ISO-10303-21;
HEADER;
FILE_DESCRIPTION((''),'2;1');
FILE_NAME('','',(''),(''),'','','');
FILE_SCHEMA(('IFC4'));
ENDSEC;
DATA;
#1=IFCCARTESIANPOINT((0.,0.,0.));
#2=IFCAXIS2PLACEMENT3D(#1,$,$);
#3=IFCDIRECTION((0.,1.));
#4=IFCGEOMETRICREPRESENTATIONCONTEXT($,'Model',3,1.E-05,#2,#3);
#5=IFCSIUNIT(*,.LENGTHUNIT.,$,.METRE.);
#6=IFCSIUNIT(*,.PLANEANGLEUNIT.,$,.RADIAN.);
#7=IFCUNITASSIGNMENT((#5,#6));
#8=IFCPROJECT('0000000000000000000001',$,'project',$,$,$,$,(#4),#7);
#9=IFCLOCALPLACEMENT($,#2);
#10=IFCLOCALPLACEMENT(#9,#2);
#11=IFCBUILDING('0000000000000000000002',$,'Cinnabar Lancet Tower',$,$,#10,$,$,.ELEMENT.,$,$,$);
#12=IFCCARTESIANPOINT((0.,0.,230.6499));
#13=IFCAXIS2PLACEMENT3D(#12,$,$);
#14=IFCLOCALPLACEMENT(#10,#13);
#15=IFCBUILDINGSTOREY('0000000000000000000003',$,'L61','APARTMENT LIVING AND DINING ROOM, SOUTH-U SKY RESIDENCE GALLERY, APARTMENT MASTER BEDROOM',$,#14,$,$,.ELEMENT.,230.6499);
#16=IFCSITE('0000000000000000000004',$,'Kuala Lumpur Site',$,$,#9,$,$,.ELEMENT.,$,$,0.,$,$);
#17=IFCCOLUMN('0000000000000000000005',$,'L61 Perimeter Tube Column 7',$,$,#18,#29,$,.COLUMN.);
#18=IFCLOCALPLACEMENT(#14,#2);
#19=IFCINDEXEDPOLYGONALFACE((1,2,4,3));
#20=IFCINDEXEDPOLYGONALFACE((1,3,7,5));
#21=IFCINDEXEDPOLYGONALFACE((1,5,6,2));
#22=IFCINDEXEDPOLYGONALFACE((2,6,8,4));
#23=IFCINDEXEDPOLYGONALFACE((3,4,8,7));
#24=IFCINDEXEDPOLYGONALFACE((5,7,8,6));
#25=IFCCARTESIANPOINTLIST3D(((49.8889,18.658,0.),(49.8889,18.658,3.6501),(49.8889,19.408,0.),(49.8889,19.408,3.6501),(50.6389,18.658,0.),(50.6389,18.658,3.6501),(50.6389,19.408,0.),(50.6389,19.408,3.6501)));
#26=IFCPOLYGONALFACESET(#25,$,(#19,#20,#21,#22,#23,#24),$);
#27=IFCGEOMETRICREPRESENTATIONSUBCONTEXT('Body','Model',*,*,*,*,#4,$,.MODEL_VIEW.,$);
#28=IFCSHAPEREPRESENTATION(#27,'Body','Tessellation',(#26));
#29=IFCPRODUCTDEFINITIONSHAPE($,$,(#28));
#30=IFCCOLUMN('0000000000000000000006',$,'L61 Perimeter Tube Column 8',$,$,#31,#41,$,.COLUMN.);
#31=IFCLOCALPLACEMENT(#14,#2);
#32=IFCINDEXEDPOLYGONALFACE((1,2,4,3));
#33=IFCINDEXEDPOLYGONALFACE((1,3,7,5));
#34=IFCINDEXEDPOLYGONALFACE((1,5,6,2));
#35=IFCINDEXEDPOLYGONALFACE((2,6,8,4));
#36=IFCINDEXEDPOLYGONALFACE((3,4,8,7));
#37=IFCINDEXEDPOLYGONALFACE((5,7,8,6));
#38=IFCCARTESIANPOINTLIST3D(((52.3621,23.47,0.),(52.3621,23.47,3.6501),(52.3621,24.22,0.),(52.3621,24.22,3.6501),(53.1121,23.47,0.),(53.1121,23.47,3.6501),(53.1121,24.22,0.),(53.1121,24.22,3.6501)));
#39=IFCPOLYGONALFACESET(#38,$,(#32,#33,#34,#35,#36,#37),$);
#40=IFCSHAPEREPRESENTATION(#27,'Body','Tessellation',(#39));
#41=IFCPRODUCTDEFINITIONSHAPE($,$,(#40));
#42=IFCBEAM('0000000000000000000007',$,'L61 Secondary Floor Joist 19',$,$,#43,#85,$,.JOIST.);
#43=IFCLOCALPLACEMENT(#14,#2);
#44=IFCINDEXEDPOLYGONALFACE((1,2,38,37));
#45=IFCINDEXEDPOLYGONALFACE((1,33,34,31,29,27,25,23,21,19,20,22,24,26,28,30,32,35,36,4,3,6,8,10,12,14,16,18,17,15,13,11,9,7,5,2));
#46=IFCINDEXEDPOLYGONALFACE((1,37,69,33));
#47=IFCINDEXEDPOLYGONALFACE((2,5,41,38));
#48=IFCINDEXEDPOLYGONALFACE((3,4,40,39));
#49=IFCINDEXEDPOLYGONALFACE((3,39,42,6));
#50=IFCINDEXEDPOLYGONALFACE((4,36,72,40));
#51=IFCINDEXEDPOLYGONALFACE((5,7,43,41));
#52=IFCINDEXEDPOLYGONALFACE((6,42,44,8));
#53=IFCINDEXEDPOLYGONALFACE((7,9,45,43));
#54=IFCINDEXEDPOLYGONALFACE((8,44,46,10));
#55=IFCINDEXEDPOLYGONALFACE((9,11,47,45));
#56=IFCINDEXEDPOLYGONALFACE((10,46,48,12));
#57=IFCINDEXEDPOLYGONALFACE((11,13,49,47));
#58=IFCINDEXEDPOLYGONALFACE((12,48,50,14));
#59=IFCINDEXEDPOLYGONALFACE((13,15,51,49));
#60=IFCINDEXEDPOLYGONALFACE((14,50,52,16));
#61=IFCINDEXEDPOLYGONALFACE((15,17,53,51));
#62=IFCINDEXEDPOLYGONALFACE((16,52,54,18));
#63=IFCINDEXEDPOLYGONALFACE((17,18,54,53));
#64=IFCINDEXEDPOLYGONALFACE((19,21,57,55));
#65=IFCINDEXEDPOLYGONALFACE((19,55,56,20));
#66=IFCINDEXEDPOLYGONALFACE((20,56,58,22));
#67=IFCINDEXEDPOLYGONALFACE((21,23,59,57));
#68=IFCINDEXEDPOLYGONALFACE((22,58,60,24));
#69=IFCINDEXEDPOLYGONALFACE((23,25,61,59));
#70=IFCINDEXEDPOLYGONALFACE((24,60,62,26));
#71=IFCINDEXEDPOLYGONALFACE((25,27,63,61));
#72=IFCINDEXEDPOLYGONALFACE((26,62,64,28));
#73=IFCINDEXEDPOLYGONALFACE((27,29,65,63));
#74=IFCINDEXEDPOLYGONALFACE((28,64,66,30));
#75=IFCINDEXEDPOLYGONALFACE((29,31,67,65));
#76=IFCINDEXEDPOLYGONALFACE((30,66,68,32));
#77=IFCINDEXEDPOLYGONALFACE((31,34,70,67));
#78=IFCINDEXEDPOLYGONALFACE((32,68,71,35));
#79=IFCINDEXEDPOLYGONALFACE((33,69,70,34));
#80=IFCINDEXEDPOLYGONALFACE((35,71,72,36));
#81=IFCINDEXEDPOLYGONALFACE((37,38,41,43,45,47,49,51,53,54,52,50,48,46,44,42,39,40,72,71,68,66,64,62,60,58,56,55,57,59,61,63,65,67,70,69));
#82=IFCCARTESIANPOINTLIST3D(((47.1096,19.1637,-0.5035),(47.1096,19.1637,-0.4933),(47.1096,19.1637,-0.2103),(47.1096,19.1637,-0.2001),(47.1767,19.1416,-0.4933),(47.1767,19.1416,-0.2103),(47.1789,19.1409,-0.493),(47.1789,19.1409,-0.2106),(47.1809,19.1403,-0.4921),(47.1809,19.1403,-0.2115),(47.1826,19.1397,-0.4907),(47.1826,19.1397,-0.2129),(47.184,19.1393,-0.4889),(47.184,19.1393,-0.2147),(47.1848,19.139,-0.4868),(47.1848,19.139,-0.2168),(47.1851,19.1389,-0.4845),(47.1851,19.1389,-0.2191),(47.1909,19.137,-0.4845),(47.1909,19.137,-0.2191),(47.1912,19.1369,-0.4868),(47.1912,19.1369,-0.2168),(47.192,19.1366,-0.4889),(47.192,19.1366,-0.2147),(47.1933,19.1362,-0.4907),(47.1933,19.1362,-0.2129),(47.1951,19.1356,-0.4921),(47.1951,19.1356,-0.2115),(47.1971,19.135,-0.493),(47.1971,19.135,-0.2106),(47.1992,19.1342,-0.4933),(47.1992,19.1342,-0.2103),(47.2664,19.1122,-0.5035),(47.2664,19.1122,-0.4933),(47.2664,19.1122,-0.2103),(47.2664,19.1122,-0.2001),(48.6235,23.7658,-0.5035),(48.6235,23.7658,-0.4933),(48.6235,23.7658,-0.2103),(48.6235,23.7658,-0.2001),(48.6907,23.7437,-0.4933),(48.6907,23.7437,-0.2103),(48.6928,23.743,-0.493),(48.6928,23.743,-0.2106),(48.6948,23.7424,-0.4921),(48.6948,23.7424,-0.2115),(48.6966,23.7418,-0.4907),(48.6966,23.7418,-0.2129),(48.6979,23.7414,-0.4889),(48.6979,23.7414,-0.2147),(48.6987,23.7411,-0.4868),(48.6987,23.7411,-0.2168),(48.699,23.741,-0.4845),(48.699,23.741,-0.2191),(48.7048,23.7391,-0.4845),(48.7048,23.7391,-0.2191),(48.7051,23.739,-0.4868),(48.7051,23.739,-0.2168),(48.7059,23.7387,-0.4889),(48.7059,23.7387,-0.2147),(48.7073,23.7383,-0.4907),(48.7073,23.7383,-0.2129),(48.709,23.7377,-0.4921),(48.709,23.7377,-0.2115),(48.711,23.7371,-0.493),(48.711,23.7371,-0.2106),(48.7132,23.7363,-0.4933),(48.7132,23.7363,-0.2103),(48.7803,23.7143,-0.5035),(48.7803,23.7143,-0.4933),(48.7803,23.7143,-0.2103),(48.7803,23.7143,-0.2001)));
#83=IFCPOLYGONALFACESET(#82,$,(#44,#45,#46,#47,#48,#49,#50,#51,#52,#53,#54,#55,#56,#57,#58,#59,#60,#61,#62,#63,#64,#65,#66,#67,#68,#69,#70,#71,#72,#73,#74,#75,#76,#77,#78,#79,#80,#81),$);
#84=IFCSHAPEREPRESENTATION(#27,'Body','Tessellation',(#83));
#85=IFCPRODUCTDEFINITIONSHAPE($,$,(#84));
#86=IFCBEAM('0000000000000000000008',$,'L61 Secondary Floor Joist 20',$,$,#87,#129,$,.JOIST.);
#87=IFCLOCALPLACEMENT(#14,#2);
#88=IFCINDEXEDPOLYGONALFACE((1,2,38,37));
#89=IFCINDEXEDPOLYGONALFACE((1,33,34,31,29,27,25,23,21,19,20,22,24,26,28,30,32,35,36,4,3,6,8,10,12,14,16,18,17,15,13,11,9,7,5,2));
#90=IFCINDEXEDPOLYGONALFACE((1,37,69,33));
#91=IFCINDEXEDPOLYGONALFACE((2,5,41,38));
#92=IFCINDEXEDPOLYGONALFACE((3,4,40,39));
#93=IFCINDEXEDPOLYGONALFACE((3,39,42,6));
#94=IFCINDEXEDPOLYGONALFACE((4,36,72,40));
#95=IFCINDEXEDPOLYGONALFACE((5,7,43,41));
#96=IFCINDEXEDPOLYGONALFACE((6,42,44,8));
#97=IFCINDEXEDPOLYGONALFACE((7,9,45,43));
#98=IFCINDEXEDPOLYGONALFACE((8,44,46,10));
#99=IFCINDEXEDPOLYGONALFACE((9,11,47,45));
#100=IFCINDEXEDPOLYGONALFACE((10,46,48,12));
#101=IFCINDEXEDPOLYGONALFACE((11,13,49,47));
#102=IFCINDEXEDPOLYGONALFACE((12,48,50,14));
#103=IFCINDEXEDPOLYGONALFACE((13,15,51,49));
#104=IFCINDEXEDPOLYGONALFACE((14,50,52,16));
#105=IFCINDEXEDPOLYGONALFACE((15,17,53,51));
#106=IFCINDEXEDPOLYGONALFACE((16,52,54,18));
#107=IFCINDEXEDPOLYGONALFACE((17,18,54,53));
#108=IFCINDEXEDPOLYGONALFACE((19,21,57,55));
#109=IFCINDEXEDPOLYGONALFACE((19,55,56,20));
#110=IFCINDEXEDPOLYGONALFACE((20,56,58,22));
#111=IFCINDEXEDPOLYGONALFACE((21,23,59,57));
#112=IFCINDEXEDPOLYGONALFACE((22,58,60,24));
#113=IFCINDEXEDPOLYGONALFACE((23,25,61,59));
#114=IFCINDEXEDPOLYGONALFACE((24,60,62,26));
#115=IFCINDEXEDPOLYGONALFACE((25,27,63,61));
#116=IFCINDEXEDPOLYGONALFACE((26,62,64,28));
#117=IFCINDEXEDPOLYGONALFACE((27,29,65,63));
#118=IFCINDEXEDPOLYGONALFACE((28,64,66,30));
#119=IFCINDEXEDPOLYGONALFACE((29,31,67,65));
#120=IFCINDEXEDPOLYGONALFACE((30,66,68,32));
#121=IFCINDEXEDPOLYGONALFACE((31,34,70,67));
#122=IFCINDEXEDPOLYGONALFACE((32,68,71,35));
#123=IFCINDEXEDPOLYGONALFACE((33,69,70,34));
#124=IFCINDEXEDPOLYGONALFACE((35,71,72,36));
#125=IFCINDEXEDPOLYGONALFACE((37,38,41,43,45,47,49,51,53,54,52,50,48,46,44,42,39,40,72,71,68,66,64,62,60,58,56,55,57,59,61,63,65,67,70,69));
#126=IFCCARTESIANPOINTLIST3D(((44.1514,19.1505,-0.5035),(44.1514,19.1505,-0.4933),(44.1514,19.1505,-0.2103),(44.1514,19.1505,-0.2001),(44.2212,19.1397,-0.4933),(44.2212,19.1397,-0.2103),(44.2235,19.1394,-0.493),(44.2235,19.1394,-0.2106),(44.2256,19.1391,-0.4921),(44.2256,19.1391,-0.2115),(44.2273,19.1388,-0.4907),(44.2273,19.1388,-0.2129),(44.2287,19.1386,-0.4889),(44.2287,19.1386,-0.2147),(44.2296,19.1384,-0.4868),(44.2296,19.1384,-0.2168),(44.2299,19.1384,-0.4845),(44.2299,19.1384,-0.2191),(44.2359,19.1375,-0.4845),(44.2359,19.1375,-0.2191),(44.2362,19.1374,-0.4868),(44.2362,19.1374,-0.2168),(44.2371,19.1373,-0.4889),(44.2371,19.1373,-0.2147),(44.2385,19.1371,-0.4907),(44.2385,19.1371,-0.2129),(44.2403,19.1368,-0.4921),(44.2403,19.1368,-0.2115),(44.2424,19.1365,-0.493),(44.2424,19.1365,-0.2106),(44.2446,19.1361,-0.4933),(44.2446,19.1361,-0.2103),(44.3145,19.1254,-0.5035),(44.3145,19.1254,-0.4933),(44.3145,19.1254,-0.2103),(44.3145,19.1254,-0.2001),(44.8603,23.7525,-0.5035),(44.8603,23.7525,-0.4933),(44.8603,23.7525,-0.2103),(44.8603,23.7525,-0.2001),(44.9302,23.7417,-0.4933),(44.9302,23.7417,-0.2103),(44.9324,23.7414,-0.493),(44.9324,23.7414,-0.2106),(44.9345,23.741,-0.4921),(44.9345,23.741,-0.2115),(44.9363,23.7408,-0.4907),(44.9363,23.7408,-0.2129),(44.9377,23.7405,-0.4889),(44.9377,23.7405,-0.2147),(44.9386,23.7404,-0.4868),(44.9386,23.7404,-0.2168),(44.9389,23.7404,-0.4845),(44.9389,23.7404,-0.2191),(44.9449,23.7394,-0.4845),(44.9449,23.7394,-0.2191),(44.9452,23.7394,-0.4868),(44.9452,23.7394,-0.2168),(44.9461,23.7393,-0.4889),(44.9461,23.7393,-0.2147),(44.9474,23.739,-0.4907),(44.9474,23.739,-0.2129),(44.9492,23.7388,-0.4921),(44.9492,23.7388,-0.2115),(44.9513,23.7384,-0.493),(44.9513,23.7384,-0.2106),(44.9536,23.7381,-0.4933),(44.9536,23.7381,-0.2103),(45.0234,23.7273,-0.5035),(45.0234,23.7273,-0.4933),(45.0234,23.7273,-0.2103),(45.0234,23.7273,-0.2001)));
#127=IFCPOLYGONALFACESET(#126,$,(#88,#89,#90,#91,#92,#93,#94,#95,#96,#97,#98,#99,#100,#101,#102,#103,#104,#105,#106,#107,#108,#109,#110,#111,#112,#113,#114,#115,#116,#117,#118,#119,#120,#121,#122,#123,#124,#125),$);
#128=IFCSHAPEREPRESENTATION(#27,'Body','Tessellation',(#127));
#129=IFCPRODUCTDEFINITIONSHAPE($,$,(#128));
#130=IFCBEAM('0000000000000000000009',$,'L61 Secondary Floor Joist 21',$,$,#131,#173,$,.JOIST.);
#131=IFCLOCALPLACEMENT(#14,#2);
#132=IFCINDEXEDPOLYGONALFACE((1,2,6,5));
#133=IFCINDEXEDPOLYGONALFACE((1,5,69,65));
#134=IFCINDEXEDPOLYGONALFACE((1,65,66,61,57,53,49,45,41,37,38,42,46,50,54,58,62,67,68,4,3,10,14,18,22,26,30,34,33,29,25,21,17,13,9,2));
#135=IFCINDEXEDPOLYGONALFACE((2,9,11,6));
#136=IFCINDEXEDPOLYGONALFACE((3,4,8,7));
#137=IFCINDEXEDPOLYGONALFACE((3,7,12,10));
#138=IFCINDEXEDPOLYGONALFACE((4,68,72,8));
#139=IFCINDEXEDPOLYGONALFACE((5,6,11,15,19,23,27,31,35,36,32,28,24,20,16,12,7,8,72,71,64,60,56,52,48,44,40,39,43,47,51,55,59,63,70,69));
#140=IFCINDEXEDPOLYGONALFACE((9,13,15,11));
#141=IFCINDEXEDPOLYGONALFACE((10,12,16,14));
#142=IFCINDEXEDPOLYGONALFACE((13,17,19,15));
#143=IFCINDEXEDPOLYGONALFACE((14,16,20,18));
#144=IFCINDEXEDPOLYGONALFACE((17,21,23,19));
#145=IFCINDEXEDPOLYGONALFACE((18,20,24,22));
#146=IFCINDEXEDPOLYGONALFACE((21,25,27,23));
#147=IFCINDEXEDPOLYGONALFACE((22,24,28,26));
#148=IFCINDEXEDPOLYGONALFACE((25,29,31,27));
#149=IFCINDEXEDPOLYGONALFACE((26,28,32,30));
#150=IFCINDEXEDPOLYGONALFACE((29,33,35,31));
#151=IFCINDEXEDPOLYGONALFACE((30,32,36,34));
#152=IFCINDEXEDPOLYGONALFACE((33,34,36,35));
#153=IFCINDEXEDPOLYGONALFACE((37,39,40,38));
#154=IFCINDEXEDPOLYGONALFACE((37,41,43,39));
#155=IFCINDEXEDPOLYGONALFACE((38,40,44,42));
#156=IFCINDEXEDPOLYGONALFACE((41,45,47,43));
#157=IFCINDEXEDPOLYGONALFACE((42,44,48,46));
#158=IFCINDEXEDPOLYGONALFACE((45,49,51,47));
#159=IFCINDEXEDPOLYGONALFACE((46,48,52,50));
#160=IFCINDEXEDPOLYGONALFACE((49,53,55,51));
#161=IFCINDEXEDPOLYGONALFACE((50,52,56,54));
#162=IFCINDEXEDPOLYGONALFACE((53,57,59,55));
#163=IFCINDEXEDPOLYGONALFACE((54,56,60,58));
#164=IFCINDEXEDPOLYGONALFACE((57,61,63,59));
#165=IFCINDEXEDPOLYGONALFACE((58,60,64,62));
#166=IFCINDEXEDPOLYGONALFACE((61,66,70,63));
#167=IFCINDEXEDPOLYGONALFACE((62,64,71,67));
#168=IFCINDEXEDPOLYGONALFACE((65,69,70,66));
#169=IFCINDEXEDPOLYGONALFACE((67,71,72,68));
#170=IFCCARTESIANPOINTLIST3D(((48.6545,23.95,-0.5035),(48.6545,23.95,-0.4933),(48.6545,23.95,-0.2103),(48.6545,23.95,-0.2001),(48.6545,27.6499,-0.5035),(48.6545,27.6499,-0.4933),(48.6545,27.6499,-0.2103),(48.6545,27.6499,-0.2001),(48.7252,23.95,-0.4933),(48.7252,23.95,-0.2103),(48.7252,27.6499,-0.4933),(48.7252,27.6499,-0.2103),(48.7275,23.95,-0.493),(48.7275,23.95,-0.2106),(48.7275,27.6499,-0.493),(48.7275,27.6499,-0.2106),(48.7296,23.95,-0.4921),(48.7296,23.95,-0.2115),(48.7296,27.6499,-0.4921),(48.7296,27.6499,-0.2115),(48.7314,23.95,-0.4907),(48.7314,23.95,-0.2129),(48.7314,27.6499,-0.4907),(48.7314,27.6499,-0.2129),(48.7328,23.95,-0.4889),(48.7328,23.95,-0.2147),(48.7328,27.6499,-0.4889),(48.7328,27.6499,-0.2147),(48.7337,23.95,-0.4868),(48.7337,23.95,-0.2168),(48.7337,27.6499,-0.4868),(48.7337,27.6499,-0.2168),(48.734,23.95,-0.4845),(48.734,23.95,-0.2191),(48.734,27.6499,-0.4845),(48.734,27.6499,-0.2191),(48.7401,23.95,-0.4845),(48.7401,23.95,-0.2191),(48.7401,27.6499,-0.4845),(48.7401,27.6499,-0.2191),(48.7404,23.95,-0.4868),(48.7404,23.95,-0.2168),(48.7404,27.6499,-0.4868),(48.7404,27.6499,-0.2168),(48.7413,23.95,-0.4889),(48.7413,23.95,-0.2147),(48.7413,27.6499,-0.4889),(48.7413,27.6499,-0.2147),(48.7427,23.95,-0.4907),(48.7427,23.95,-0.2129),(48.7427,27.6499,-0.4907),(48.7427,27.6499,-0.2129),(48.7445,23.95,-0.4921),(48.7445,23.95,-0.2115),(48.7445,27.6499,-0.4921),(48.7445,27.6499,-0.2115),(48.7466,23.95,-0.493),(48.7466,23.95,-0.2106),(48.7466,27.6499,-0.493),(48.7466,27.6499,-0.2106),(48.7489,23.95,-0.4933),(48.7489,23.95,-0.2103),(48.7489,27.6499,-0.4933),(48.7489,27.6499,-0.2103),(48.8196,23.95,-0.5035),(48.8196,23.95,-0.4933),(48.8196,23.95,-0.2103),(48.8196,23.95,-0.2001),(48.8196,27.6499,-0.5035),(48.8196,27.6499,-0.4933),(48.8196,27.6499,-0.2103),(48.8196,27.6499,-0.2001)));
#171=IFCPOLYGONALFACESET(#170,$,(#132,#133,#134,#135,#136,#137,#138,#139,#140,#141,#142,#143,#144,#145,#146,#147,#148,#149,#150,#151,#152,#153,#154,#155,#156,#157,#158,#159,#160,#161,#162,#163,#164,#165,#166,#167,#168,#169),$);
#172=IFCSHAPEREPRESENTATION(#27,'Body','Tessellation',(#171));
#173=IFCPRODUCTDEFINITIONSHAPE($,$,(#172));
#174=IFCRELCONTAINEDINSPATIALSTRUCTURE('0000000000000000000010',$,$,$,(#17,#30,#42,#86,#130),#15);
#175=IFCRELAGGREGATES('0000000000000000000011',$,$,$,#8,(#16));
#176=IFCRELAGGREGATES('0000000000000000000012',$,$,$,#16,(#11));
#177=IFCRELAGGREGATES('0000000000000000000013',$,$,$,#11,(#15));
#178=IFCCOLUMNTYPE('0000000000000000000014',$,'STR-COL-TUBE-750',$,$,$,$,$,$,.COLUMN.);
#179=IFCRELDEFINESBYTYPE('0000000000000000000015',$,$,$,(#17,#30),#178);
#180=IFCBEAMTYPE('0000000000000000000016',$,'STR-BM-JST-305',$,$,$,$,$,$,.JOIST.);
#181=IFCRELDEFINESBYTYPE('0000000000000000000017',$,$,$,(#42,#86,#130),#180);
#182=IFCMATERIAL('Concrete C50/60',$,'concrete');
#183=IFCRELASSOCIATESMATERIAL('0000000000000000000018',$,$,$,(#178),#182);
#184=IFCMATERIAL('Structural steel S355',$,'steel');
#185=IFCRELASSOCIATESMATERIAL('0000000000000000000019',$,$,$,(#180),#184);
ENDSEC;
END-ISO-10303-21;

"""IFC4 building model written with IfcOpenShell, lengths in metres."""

from ifc_helpers import new_model, si_unit, direction, frame, origin, origin_2d, place, context, subcontext, project, spatial, rectangle, i_section, extrude, material, material_profile, profile_set, type_object, element, save


model = new_model("IFC4")

# Units and contexts
model_context = context("Model", 3, precision=1e-05, world=origin(), true_north=direction((0.0, 1.0)))
body_context = subcontext(model_context, "Body", "Model", "MODEL_VIEW")
ifc_project = project(units=[si_unit("LENGTHUNIT", "METRE"), si_unit("PLANEANGLEUNIT", "RADIAN")], contexts=[model_context])

# Site, building, storey
site_placement = place(None, origin())
site = spatial("IfcSite", under=ifc_project, at=site_placement, Name="Kuala Lumpur Site", CompositionType="ELEMENT", RefElevation=0.0)
building_placement = place(site_placement, origin())
building = spatial("IfcBuilding", under=site, at=building_placement, Name="Cinnabar Lancet Tower", CompositionType="ELEMENT")
storey_placement = place(building_placement, frame((0.0, 0.0, 230.6499)))
storey = spatial("IfcBuildingStorey", under=building, at=storey_placement, Name="L61", Description="APARTMENT LIVING AND DINING ROOM, SOUTH-U SKY RESIDENCE GALLERY, APARTMENT MASTER BEDROOM", CompositionType="ELEMENT", Elevation=230.6499)

# Columns
ifc_material_1 = material(Name="Concrete C50/60", Category="concrete")
ifc_material_profile_1 = material_profile(ifc_material_1, rectangle(XDim=0.75, YDim=0.75, at=origin_2d()), Name="RC-COL 750x750")
ifc_profile_set_1 = profile_set([ifc_material_profile_1], Name="Concrete C50/60")
column_type = type_object("IfcColumnType", Name="STR-COL-TUBE-750", PredefinedType="COLUMN", material=ifc_profile_set_1)
for number, where, z_axis, x_axis, name in (
    (1, (50.2639, 19.033, 0.0), (0.0, 0.0, 1.0), (1.0, 0.0, 0.0), "L61 Perimeter Tube Column 7"),
    (2, (52.7371, 23.845, 0.0), (0.0, 0.0, 1.0), (1.0, 0.0, 0.0), "L61 Perimeter Tube Column 8"),
):
    element("IfcColumn", number, at=place(storey_placement, frame(where, z_axis=z_axis, x_axis=x_axis)), inside=storey, type_object=column_type, Name=name, PredefinedType="COLUMN", context=body_context, shape_type="SweptSolid", body=[
        extrude(rectangle(XDim=0.75, YDim=0.75, at=origin_2d()), origin(), (0.0, 0.0, 1.0), 3.6501),
    ])

# Beams
ifc_material_2 = material(Name="Structural steel S355", Category="steel")
ifc_material_profile_2 = material_profile(ifc_material_2, i_section(OverallWidth=0.165, OverallDepth=0.3035, WebThickness=0.0061, FlangeThickness=0.0103, FilletRadius=0.0088, at=origin_2d()), Name="UKB 305x165x40")
ifc_profile_set_2 = profile_set([ifc_material_profile_2], Name="Structural steel S355")
beam_type_1 = type_object("IfcBeamType", Name="STR-BM-JST-305", PredefinedType="JOIST", material=ifc_profile_set_2)
beam_1_placement = place(storey_placement, frame((47.188, 19.1379, -0.3518), z_axis=(0.312491, 0.949921, 0.0), x_axis=(-0.949921, 0.312491, 0.0)))
element("IfcBeam", 3, at=beam_1_placement, inside=storey, type_object=beam_type_1, Name="L61 Secondary Floor Joist 19", PredefinedType="JOIST", context=body_context, shape_type="SweptSolid", body=[
    extrude(i_section(OverallWidth=0.165, OverallDepth=0.3035, WebThickness=0.0061, FlangeThickness=0.0103, FilletRadius=0.0088, at=origin_2d()), origin(), (0.0, 0.0, 1.0), 4.8447),
])
beam_2_placement = place(storey_placement, frame((44.2329, 19.1379, -0.3518), z_axis=(0.152262, 0.98834, 0.0), x_axis=(-0.98834, 0.152262, 0.0)))
element("IfcBeam", 4, at=beam_2_placement, inside=storey, type_object=beam_type_1, Name="L61 Secondary Floor Joist 20", PredefinedType="JOIST", context=body_context, shape_type="SweptSolid", body=[
    extrude(i_section(OverallWidth=0.165, OverallDepth=0.3035, WebThickness=0.0061, FlangeThickness=0.0103, FilletRadius=0.0088, at=origin_2d()), origin(), (0.0, 0.0, 1.0), 4.6562),
])
for number, where, z_axis, x_axis, name in (
    (5, (48.7371, 23.95, -0.3518), (0.0, 1.0, 0.0), (-1.0, 0.0, 0.0), "L61 Secondary Floor Joist 21"),
):
    element("IfcBeam", number, at=place(storey_placement, frame(where, z_axis=z_axis, x_axis=x_axis)), inside=storey, type_object=beam_type_1, Name=name, PredefinedType="JOIST", context=body_context, shape_type="SweptSolid", body=[
        extrude(i_section(OverallWidth=0.165, OverallDepth=0.3035, WebThickness=0.0061, FlangeThickness=0.0103, FilletRadius=0.0088, at=origin_2d()), origin(), (0.0, 0.0, 1.0), 3.7),
    ])

save(model, "model.ifc")
